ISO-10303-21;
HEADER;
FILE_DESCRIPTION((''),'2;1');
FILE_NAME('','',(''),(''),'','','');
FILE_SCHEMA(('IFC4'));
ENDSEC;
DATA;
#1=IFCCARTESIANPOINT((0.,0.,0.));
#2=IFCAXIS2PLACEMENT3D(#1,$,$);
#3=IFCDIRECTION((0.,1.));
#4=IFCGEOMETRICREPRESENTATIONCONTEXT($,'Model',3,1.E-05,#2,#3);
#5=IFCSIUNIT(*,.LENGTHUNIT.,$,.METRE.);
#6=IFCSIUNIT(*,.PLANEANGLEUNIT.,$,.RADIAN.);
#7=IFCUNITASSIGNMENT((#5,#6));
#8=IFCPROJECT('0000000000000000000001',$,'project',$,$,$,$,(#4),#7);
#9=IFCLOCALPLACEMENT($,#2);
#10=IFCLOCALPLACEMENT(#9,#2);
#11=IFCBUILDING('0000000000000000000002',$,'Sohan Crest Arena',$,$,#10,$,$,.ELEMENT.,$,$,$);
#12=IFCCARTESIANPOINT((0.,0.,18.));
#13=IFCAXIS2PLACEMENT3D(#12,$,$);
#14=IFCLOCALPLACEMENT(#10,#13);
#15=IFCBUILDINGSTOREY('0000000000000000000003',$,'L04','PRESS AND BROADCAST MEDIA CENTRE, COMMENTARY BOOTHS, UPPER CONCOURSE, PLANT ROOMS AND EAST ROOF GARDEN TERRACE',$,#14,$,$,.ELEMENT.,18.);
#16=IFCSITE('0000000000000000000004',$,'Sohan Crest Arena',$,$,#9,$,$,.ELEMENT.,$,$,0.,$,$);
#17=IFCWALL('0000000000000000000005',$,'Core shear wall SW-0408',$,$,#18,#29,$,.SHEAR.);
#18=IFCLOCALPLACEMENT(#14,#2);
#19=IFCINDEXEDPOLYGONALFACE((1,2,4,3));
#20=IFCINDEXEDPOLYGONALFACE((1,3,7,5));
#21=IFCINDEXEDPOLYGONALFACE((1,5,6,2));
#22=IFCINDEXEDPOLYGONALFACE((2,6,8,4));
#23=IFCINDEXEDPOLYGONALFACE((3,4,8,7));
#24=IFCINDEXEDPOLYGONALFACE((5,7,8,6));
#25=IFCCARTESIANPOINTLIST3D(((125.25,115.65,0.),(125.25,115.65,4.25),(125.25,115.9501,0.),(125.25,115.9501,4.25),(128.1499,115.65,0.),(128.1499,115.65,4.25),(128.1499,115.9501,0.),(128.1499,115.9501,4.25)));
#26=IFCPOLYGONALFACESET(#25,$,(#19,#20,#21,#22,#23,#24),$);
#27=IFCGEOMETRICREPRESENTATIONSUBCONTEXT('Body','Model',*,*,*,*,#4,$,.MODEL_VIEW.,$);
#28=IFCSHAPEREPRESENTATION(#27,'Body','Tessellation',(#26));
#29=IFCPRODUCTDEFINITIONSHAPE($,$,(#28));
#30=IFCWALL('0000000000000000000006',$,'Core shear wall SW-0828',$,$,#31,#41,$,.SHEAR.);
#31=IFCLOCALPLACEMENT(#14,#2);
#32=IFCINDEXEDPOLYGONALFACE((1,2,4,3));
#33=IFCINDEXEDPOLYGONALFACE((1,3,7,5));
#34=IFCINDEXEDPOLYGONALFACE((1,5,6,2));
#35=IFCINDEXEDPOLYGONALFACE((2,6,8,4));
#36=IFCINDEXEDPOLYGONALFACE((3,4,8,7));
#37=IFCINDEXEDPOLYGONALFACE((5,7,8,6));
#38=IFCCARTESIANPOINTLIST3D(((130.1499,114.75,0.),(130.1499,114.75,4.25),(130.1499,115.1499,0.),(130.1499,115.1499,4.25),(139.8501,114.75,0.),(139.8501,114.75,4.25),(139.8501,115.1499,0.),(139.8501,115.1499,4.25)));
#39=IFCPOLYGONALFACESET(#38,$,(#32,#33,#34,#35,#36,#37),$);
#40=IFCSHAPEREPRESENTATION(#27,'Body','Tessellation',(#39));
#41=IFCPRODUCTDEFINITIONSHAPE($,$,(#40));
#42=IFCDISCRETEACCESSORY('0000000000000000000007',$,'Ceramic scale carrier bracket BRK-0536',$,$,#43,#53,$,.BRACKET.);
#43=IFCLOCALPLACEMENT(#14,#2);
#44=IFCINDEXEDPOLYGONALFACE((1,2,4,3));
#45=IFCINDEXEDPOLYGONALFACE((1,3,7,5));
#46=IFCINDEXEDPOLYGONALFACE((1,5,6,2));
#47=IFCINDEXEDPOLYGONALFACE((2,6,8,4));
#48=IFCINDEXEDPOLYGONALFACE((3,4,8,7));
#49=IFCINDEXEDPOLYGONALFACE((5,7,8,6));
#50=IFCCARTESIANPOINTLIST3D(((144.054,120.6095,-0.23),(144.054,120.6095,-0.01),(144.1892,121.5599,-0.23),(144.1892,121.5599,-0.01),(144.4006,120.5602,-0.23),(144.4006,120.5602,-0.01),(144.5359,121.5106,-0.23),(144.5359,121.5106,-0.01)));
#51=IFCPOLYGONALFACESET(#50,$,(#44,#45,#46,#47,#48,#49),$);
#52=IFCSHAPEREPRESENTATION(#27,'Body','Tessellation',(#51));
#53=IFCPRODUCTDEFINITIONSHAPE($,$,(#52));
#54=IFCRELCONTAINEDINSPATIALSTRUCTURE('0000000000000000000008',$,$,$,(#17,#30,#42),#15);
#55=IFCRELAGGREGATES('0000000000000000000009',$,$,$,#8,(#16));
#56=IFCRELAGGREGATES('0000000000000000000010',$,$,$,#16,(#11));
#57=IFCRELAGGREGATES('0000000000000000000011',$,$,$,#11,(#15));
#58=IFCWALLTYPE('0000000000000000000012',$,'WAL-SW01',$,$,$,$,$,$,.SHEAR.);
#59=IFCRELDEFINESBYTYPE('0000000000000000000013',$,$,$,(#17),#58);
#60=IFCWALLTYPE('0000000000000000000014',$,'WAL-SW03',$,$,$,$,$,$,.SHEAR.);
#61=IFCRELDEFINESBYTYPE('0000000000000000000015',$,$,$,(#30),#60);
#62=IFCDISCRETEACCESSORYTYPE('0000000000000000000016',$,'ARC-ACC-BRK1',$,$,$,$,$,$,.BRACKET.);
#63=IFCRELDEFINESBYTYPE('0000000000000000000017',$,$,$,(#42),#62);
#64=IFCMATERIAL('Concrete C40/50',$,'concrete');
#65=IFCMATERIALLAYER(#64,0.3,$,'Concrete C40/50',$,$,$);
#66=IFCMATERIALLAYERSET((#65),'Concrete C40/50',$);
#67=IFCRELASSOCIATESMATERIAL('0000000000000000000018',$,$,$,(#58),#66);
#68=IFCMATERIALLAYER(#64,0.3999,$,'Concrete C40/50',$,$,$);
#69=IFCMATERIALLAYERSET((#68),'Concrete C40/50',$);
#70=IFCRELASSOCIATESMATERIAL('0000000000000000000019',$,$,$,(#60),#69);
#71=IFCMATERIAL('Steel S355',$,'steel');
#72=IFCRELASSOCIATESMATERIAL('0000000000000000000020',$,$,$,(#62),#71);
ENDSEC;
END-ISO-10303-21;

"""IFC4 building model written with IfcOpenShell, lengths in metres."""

from ifc_helpers import new_model, si_unit, direction, frame, frame_2d, origin, origin_2d, place, context, subcontext, project, spatial, rectangle, extrude, material, layer, layer_set, type_object, element, save


model = new_model("IFC4")

# Units and contexts
model_context = context("Model", 3, precision=1e-05, world=origin(), true_north=direction((0.0, 1.0)))
body_context = subcontext(model_context, "Body", "Model", "MODEL_VIEW")
ifc_project = project(units=[si_unit("LENGTHUNIT", "METRE"), si_unit("PLANEANGLEUNIT", "RADIAN")], contexts=[model_context])

# Site, building, storey
site_placement = place(None, origin())
site = spatial("IfcSite", under=ifc_project, at=site_placement, Name="Sohan Crest Arena", CompositionType="ELEMENT", RefElevation=0.0)
building_placement = place(site_placement, origin())
building = spatial("IfcBuilding", under=site, at=building_placement, Name="Sohan Crest Arena", CompositionType="ELEMENT")
storey_placement = place(building_placement, frame((0.0, 0.0, 18.0)))
storey = spatial("IfcBuildingStorey", under=building, at=storey_placement, Name="L04", Description="PRESS AND BROADCAST MEDIA CENTRE, COMMENTARY BOOTHS, UPPER CONCOURSE, PLANT ROOMS AND EAST ROOF GARDEN TERRACE", CompositionType="ELEMENT", Elevation=18.0)

# Shared definitions
ifc_material_1 = material(Name="Steel S355", Category="steel")

# Walls
ifc_material_2 = material(Name="Concrete C40/50", Category="concrete")
ifc_layer_1 = layer(ifc_material_2, 0.3, Name="Concrete C40/50")
ifc_layer_set_1 = layer_set([ifc_layer_1], Name="Concrete C40/50")
wall_type_1 = type_object("IfcWallType", Name="WAL-SW01", PredefinedType="SHEAR", material=ifc_layer_set_1)
for number, where, z_axis, x_axis, name in (
    (1, (125.25, 115.8, 0.0), (0.0, 0.0, 1.0), (1.0, 0.0, 0.0), "Core shear wall SW-0408"),
):
    element("IfcWall", number, at=place(storey_placement, frame(where, z_axis=z_axis, x_axis=x_axis)), inside=storey, type_object=wall_type_1, Name=name, PredefinedType="SHEAR", context=body_context, shape_type="SweptSolid", body=[
        extrude(rectangle(XDim=2.8999, YDim=0.3, at=frame_2d((1.45, 0.0))), origin(), (0.0, 0.0, 1.0), 4.25),
    ])
ifc_layer_2 = layer(ifc_material_2, 0.3999, Name="Concrete C40/50")
ifc_layer_set_2 = layer_set([ifc_layer_2], Name="Concrete C40/50")
wall_type_2 = type_object("IfcWallType", Name="WAL-SW03", PredefinedType="SHEAR", material=ifc_layer_set_2)
wall_placement = place(storey_placement, frame((130.1499, 114.95, 0.0), z_axis=(0.0, 0.0, 1.0), x_axis=(1.0, 0.0, 0.0)))
element("IfcWall", 2, at=wall_placement, inside=storey, type_object=wall_type_2, Name="Core shear wall SW-0828", PredefinedType="SHEAR", context=body_context, shape_type="SweptSolid", body=[
    extrude(rectangle(XDim=9.7002, YDim=0.3999, at=frame_2d((4.8501, 0.0))), origin(), (0.0, 0.0, 1.0), 4.25),
])

# Discrete accessory
discrete_accessory_type = type_object("IfcDiscreteAccessoryType", Name="ARC-ACC-BRK1", PredefinedType="BRACKET", material=ifc_material_1)
discrete_accessory_placement = place(storey_placement, frame((144.2949, 121.0601, -0.23), z_axis=(0.0, 0.0, 1.0), x_axis=(-0.990024, 0.140901, 0.0)))
element("IfcDiscreteAccessory", 3, at=discrete_accessory_placement, inside=storey, type_object=discrete_accessory_type, Name="Ceramic scale carrier bracket BRK-0536", PredefinedType="BRACKET", context=body_context, shape_type="SweptSolid", body=[
    extrude(rectangle(XDim=0.3501, YDim=0.96, at=origin_2d()), origin(), (0.0, 0.0, 1.0), 0.22),
])

save(model, "model.ifc")
